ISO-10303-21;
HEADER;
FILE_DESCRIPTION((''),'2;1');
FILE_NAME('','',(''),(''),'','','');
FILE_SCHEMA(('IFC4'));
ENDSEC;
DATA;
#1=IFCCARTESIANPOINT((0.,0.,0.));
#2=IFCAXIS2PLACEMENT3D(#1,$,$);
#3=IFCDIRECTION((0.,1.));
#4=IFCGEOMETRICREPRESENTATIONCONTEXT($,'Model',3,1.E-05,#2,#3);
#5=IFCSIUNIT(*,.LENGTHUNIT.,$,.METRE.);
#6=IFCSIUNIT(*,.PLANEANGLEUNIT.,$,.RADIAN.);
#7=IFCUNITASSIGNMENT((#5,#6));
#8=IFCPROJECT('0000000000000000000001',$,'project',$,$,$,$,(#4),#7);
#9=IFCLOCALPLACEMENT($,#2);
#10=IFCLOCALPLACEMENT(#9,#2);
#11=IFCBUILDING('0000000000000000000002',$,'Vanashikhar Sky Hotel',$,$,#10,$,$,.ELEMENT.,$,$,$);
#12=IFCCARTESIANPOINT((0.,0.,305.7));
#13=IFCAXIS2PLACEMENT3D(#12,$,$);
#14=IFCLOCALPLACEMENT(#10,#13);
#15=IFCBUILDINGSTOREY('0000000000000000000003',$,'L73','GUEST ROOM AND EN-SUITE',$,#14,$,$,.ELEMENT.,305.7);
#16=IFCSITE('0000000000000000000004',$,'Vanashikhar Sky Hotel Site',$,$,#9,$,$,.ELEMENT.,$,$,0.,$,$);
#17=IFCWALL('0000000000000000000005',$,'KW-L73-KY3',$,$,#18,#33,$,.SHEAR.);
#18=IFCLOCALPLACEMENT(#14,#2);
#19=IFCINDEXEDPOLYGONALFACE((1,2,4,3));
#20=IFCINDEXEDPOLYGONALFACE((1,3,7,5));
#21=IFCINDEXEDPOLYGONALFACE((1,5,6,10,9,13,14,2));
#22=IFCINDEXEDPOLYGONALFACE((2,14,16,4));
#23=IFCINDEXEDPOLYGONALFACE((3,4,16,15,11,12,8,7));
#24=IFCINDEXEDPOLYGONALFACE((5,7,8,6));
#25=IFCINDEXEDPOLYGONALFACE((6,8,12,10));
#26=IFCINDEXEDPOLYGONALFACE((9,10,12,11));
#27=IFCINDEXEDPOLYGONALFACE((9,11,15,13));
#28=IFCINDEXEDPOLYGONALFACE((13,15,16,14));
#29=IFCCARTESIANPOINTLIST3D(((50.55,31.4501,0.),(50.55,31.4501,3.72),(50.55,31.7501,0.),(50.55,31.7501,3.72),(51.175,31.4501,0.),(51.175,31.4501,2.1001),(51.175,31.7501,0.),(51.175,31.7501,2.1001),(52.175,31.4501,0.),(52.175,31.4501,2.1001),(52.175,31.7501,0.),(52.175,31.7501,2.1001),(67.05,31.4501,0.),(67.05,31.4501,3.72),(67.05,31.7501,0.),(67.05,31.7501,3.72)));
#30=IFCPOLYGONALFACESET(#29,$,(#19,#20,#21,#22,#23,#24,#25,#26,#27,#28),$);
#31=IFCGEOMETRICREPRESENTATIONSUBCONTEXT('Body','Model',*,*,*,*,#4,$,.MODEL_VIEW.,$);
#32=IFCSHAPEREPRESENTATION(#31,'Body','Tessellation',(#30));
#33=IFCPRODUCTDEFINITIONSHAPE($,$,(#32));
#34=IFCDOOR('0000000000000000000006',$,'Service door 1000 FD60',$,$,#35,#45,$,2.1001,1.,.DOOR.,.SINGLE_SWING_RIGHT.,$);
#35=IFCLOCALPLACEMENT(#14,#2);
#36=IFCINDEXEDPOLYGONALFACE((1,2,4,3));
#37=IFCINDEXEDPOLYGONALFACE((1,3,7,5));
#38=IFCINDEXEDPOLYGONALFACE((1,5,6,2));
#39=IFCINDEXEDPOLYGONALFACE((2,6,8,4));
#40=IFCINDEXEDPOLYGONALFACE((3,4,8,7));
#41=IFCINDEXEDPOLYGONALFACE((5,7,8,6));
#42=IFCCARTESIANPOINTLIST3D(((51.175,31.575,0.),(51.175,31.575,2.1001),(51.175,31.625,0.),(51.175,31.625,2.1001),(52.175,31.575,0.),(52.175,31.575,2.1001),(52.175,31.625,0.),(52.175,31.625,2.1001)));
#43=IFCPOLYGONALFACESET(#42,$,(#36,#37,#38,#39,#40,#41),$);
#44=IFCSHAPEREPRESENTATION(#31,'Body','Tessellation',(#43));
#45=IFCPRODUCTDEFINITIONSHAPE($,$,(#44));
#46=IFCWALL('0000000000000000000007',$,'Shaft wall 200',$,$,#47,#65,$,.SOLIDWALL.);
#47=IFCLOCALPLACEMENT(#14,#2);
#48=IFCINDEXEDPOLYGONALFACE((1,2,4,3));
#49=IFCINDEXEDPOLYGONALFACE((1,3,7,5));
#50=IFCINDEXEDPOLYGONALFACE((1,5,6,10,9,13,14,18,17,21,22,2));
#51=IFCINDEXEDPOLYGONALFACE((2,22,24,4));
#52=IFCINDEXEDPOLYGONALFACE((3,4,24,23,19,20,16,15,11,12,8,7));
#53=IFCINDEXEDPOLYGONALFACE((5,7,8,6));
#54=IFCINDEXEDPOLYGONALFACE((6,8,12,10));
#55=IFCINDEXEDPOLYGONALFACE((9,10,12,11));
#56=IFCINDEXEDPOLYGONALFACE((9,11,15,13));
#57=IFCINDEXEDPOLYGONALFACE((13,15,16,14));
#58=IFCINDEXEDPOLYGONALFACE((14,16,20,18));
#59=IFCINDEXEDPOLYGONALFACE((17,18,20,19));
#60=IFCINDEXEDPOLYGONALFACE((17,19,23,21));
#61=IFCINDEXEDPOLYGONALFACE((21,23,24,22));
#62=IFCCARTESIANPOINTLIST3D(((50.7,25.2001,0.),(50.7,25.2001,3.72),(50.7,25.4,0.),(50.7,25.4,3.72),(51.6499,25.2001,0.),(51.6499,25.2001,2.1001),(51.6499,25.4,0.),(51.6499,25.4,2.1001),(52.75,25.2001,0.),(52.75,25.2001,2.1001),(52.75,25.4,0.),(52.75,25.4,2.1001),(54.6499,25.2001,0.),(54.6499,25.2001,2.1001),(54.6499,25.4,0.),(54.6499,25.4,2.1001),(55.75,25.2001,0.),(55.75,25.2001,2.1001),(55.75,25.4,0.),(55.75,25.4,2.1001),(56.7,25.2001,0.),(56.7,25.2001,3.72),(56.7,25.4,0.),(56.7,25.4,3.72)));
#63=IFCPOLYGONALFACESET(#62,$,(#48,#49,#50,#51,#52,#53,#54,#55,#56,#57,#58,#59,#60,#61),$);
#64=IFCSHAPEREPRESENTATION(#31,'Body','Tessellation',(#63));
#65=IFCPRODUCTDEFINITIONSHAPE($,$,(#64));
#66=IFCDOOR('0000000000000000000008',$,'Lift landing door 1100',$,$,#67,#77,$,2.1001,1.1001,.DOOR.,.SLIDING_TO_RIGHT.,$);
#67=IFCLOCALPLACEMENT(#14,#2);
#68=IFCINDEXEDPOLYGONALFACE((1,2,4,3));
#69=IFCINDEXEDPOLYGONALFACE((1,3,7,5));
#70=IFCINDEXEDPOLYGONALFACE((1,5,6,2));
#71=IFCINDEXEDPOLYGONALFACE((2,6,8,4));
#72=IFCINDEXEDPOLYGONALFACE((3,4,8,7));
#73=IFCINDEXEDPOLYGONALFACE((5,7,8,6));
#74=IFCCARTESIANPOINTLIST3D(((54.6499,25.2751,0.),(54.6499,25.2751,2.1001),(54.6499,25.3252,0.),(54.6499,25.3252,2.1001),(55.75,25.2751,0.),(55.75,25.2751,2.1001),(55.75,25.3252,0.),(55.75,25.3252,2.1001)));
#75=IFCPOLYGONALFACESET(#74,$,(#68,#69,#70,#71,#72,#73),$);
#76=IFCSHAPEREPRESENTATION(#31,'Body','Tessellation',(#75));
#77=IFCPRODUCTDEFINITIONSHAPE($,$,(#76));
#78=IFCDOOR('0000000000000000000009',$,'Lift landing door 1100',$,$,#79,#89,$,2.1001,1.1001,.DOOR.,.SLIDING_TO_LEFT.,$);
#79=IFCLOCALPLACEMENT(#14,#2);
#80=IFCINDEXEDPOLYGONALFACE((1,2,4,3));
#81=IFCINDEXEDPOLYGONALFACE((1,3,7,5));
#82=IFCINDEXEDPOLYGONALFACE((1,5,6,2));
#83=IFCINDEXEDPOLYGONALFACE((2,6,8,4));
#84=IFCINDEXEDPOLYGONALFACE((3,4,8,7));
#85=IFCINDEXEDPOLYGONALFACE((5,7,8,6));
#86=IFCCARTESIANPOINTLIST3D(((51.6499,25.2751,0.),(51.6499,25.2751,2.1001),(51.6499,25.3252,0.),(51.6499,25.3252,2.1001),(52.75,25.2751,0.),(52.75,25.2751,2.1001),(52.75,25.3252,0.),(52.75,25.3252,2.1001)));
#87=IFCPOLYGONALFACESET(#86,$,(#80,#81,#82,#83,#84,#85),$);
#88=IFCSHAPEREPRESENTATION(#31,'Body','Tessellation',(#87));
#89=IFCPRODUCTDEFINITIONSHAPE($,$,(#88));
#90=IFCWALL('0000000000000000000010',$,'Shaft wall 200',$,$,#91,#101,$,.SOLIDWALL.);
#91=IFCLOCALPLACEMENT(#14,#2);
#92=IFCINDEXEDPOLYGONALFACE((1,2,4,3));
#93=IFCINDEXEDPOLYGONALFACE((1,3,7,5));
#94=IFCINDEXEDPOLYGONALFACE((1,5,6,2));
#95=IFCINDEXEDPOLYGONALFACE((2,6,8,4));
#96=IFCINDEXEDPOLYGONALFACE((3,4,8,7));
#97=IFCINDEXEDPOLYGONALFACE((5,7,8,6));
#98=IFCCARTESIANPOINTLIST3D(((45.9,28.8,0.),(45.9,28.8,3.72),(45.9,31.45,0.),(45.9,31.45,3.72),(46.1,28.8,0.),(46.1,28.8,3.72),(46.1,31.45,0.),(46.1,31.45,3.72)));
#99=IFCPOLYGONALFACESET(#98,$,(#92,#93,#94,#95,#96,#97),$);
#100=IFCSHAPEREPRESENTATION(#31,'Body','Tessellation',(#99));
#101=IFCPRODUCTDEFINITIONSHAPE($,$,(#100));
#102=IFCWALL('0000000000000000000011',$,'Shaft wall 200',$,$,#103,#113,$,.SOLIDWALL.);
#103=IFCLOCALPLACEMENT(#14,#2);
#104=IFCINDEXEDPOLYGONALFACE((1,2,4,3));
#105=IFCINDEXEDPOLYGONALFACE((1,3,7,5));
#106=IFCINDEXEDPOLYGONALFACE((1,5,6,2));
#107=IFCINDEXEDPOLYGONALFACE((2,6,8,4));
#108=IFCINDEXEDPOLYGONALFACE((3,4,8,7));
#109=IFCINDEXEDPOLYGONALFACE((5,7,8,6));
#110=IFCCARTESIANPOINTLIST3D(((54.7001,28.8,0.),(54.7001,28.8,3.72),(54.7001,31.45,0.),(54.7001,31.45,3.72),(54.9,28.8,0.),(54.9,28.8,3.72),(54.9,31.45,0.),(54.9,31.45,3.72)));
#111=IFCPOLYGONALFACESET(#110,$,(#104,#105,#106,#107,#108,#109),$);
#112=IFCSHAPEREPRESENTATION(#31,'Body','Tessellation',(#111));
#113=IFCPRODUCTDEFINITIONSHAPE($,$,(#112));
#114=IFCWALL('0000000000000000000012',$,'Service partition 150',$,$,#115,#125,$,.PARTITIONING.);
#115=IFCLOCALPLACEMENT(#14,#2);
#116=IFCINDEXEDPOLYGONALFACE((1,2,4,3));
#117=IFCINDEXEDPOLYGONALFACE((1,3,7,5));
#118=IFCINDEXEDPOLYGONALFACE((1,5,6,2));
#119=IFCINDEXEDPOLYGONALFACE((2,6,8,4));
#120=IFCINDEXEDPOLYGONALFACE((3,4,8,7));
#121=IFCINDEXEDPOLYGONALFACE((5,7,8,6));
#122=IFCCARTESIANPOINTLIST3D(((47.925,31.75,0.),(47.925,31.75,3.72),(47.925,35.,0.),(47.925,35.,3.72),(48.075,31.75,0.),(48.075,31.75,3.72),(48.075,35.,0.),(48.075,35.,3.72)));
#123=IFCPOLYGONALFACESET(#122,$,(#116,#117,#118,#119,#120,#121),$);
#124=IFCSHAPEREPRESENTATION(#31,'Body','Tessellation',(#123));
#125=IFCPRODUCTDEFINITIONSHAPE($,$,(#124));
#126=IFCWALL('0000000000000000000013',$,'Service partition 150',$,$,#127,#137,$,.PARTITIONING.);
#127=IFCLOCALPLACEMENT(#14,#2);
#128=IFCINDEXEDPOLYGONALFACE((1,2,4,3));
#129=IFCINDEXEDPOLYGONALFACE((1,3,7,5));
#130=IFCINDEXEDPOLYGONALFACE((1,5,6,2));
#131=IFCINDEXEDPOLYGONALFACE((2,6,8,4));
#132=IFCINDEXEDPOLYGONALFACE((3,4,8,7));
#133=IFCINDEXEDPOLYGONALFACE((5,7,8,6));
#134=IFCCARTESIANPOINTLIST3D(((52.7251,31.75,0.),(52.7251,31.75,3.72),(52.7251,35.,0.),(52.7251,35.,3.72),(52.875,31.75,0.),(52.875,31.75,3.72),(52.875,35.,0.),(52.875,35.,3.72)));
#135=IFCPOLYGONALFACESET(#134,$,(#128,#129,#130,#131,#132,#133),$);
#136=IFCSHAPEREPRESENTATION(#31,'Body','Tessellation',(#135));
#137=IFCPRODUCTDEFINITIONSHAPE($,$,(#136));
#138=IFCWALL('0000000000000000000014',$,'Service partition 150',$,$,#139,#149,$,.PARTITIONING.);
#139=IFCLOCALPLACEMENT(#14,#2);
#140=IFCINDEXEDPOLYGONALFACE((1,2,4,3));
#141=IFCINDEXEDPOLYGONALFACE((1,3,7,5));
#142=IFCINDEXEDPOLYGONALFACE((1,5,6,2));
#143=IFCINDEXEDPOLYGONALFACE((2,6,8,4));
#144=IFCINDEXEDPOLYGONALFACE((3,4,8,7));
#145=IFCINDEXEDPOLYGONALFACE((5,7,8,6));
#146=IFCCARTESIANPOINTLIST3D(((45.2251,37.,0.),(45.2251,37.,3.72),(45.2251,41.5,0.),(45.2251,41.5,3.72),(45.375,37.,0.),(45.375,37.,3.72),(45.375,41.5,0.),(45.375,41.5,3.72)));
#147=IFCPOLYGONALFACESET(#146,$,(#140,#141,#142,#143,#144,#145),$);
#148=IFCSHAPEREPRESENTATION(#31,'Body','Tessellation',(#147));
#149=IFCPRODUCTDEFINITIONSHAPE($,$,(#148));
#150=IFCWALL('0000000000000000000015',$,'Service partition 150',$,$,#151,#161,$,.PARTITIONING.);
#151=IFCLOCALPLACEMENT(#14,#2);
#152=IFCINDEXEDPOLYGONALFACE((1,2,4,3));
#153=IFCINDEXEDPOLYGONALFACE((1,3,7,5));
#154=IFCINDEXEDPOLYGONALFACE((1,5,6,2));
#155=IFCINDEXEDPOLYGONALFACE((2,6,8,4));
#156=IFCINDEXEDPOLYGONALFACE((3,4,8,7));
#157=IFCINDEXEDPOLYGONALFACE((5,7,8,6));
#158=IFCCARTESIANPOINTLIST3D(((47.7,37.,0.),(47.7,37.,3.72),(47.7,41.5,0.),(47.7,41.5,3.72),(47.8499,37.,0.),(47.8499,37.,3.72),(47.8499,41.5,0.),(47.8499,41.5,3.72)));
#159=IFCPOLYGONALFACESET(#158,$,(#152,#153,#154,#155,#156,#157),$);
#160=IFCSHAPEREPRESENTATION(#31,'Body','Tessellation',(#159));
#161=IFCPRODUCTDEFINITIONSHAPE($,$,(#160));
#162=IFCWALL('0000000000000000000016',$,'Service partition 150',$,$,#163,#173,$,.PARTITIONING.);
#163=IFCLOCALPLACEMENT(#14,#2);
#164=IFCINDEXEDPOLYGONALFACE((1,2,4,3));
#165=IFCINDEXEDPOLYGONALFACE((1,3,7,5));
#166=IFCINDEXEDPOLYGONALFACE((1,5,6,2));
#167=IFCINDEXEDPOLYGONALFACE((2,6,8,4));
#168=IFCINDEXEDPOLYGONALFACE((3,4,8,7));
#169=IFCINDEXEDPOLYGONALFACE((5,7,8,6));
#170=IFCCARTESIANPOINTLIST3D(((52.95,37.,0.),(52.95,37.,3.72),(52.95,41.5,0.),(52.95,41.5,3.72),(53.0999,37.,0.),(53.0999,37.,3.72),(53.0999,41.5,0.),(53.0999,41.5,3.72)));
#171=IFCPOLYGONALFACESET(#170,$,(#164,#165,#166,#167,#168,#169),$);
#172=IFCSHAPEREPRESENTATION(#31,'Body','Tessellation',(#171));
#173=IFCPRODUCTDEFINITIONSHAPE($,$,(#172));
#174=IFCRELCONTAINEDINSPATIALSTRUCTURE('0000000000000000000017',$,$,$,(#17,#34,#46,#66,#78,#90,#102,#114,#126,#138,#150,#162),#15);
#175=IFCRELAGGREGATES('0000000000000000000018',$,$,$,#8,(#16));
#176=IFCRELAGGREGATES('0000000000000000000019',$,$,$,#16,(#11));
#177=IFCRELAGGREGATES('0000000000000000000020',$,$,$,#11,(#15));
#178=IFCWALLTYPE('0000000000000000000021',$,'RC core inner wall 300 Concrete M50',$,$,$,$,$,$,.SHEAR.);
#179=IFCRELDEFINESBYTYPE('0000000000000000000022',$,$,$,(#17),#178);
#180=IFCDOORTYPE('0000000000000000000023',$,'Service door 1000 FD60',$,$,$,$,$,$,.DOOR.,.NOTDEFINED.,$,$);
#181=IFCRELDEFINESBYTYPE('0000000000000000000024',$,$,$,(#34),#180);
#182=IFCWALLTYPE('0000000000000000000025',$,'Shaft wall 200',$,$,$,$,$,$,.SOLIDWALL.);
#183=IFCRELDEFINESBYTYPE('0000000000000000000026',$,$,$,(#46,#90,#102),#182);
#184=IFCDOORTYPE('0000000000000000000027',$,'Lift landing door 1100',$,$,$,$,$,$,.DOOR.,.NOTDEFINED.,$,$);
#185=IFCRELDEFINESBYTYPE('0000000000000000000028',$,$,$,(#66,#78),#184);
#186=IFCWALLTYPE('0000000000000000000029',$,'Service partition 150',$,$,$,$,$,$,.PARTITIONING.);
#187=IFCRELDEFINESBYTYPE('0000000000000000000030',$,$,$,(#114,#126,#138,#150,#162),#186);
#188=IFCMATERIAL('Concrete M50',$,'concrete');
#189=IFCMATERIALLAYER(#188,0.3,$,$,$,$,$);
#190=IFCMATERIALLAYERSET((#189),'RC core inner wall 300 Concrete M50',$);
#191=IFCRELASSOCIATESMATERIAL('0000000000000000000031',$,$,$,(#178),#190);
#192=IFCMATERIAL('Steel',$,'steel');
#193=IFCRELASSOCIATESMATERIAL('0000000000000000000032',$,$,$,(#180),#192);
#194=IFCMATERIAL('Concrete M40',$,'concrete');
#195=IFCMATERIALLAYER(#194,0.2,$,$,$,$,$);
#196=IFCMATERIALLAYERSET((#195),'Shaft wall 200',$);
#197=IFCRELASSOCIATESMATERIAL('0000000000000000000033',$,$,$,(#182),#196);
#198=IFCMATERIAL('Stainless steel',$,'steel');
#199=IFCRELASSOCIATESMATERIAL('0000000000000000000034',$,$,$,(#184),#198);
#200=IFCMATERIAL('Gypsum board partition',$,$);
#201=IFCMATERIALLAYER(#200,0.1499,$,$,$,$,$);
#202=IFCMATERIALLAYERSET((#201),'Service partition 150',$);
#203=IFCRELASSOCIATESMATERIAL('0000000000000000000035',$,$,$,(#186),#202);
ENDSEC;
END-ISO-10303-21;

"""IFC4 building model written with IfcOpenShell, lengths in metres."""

from ifc_helpers import new_model, si_unit, direction, frame, frame_2d, origin, place, context, subcontext, project, spatial, rectangle, extrude, source, transform, mapped, material, layer, layer_set, type_object, element, fill, save


model = new_model("IFC4")

# Units and contexts
model_context = context("Model", 3, precision=1e-05, world=origin(), true_north=direction((0.0, 1.0)))
body_context = subcontext(model_context, "Body", "Model", "MODEL_VIEW")
ifc_project = project(units=[si_unit("LENGTHUNIT", "METRE"), si_unit("PLANEANGLEUNIT", "RADIAN")], contexts=[model_context])

# Site, building, storey
site_placement = place(None, origin())
site = spatial("IfcSite", under=ifc_project, at=site_placement, Name="Vanashikhar Sky Hotel Site", CompositionType="ELEMENT", RefElevation=0.0)
building_placement = place(site_placement, origin())
building = spatial("IfcBuilding", under=site, at=building_placement, Name="Vanashikhar Sky Hotel", CompositionType="ELEMENT")
storey_placement = place(building_placement, frame((0.0, 0.0, 305.7)))
storey = spatial("IfcBuildingStorey", under=building, at=storey_placement, Name="L73", Description="GUEST ROOM AND EN-SUITE", CompositionType="ELEMENT", Elevation=305.7)

# Wall, opening, door
ifc_material_1 = material(Name="Concrete M50", Category="concrete")
ifc_layer_1 = layer(ifc_material_1, 0.3)
ifc_layer_set_1 = layer_set([ifc_layer_1], Name="RC core inner wall 300 Concrete M50")
wall_type_1 = type_object("IfcWallType", Name="RC core inner wall 300 Concrete M50", PredefinedType="SHEAR", material=ifc_layer_set_1)
shared_shape_1 = source(origin(), body_context, "Body", "SweptSolid", [
    extrude(rectangle(XDim=16.5, YDim=0.3, at=frame_2d((8.25, 0.0))), origin(), (0.0, 0.0, 1.0), 3.72),
])
wall_1_placement = place(storey_placement, frame((50.55, 31.6001, 0.0), z_axis=(0.0, 0.0, 1.0), x_axis=(1.0, 0.0, 0.0)))
wall_1 = element("IfcWall", 1, at=wall_1_placement, inside=storey, type_object=wall_type_1, Name="KW-L73-KY3", PredefinedType="SHEAR", context=body_context, shape_type="MappedRepresentation", body=[
    mapped(shared_shape_1, transform((0.0, 0.0, 0.0), scale=1.0)),
])
shared_shape_2 = source(origin(), body_context, "Body", "SweptSolid", [
    extrude(rectangle(XDim=1.0, YDim=2.1001, at=frame_2d((0.5, 1.05))), frame((0.0, 0.1602, 0.0), z_axis=(0.0, -1.0, 0.0), x_axis=(1.0, 0.0, 0.0)), (0.0, 0.0, 1.0), 0.3201),
])
opening_1_placement = place(wall_1_placement, frame((0.625, 0.0, 0.0)))
opening_1 = element("IfcOpeningElement", 2, at=opening_1_placement, cuts=wall_1, PredefinedType="OPENING", context=body_context, shape_type="MappedRepresentation", body=[
    mapped(shared_shape_2, transform((0.0, 0.0, 0.0), scale=1.0)),
])
ifc_material_2 = material(Name="Steel", Category="steel")
door_type_1 = type_object("IfcDoorType", Name="Service door 1000 FD60", OperationType="NOTDEFINED", PredefinedType="DOOR", material=ifc_material_2)
shared_shape_3 = source(origin(), body_context, "Body", "SweptSolid", [
    extrude(rectangle(XDim=1.0, YDim=2.1001, at=frame_2d((0.5, 1.05))), frame((0.0, 0.0249, 0.0), z_axis=(0.0, -1.0, 0.0), x_axis=(1.0, 0.0, 0.0)), (0.0, 0.0, 1.0), 0.05),
])
door_1_placement = place(opening_1_placement, origin())
door_1 = element("IfcDoor", 3, at=door_1_placement, inside=storey, type_object=door_type_1, Name="Service door 1000 FD60", OperationType="SINGLE_SWING_RIGHT", OverallHeight=2.1001, OverallWidth=1.0, PredefinedType="DOOR", context=body_context, shape_type="MappedRepresentation", body=[
    mapped(shared_shape_3, transform((0.0, 0.0, 0.0), scale=1.0)),
])
fill(opening_1, door_1)

# Wall, openings, doors
ifc_material_3 = material(Name="Concrete M40", Category="concrete")
ifc_layer_2 = layer(ifc_material_3, 0.2)
ifc_layer_set_2 = layer_set([ifc_layer_2], Name="Shaft wall 200")
wall_type_2 = type_object("IfcWallType", Name="Shaft wall 200", PredefinedType="SOLIDWALL", material=ifc_layer_set_2)
shared_shape_4 = source(origin(), body_context, "Body", "SweptSolid", [
    extrude(rectangle(XDim=6.0, YDim=0.2, at=frame_2d((3.0, 0.0))), origin(), (0.0, 0.0, 1.0), 3.72),
])
wall_2_placement = place(storey_placement, frame((56.7, 25.3, 0.0), z_axis=(0.0, 0.0, 1.0), x_axis=(-1.0, 0.0, 0.0)))
wall_2 = element("IfcWall", 4, at=wall_2_placement, inside=storey, type_object=wall_type_2, Name="Shaft wall 200", PredefinedType="SOLIDWALL", context=body_context, shape_type="MappedRepresentation", body=[
    mapped(shared_shape_4, transform((0.0, 0.0, 0.0), scale=1.0)),
])
shared_shape_5 = source(origin(), body_context, "Body", "SweptSolid", [
    extrude(rectangle(XDim=1.1001, YDim=2.1001, at=frame_2d((0.55, 1.05))), frame((0.0, 0.1099, 0.0), z_axis=(0.0, -1.0, 0.0), x_axis=(1.0, 0.0, 0.0)), (0.0, 0.0, 1.0), 0.22),
])
opening_2_placement = place(wall_2_placement, frame((0.95, 0.0, 0.0)))
opening_2 = element("IfcOpeningElement", 5, at=opening_2_placement, cuts=wall_2, PredefinedType="OPENING", context=body_context, shape_type="MappedRepresentation", body=[
    mapped(shared_shape_5, transform((0.0, 0.0, 0.0), scale=1.0)),
])
opening_3_placement = place(wall_2_placement, frame((3.95, 0.0, 0.0)))
opening_3 = element("IfcOpeningElement", 6, at=opening_3_placement, cuts=wall_2, PredefinedType="OPENING", context=body_context, shape_type="MappedRepresentation", body=[
    mapped(shared_shape_5, transform((0.0, 0.0, 0.0), scale=1.0)),
])
ifc_material_4 = material(Name="Stainless steel", Category="steel")
door_type_2 = type_object("IfcDoorType", Name="Lift landing door 1100", OperationType="NOTDEFINED", PredefinedType="DOOR", material=ifc_material_4)
shared_shape_6 = source(origin(), body_context, "Body", "SweptSolid", [
    extrude(rectangle(XDim=1.1001, YDim=2.1001, at=frame_2d((0.55, 1.05))), frame((0.0, 0.0249, 0.0), z_axis=(0.0, -1.0, 0.0), x_axis=(1.0, 0.0, 0.0)), (0.0, 0.0, 1.0), 0.05),
])
door_2_placement = place(opening_2_placement, origin())
door_2 = element("IfcDoor", 7, at=door_2_placement, inside=storey, type_object=door_type_2, Name="Lift landing door 1100", OperationType="SLIDING_TO_RIGHT", OverallHeight=2.1001, OverallWidth=1.1001, PredefinedType="DOOR", context=body_context, shape_type="MappedRepresentation", body=[
    mapped(shared_shape_6, transform((0.0, 0.0, 0.0), scale=1.0)),
])
fill(opening_2, door_2)
door_3_placement = place(opening_3_placement, origin())
door_3 = element("IfcDoor", 8, at=door_3_placement, inside=storey, type_object=door_type_2, Name="Lift landing door 1100", OperationType="SLIDING_TO_LEFT", OverallHeight=2.1001, OverallWidth=1.1001, PredefinedType="DOOR", context=body_context, shape_type="MappedRepresentation", body=[
    mapped(shared_shape_6, transform((0.0, 0.0, 0.0), scale=1.0)),
])
fill(opening_3, door_3)

# Walls
shared_shape_7 = source(origin(), body_context, "Body", "SweptSolid", [
    extrude(rectangle(XDim=2.6499, YDim=0.2, at=frame_2d((1.325, 0.0))), origin(), (0.0, 0.0, 1.0), 3.72),
])
for number, where, z_axis, x_axis, name in (
    (9, (46.0, 28.8, 0.0), (0.0, 0.0, 1.0), (0.0, 1.0, 0.0), "Shaft wall 200"),
    (10, (54.8, 28.8, 0.0), (0.0, 0.0, 1.0), (0.0, 1.0, 0.0), "Shaft wall 200"),
):
    element("IfcWall", number, at=place(storey_placement, frame(where, z_axis=z_axis, x_axis=x_axis)), inside=storey, type_object=wall_type_2, Name=name, PredefinedType="SOLIDWALL", context=body_context, shape_type="MappedRepresentation", body=[
        mapped(shared_shape_7, transform((0.0, 0.0, 0.0), scale=1.0)),
    ])
ifc_material_5 = material(Name="Gypsum board partition")
ifc_layer_3 = layer(ifc_material_5, 0.1499)
ifc_layer_set_3 = layer_set([ifc_layer_3], Name="Service partition 150")
wall_type_3 = type_object("IfcWallType", Name="Service partition 150", PredefinedType="PARTITIONING", material=ifc_layer_set_3)
shared_shape_8 = source(origin(), body_context, "Body", "SweptSolid", [
    extrude(rectangle(XDim=3.25, YDim=0.1499, at=frame_2d((1.625, 0.0))), origin(), (0.0, 0.0, 1.0), 3.72),
])
for number, where, z_axis, x_axis, name in (
    (11, (48.0, 31.75, 0.0), (0.0, 0.0, 1.0), (0.0, 1.0, 0.0), "Service partition 150"),
    (12, (52.8, 31.75, 0.0), (0.0, 0.0, 1.0), (0.0, 1.0, 0.0), "Service partition 150"),
):
    element("IfcWall", number, at=place(storey_placement, frame(where, z_axis=z_axis, x_axis=x_axis)), inside=storey, type_object=wall_type_3, Name=name, PredefinedType="PARTITIONING", context=body_context, shape_type="MappedRepresentation", body=[
        mapped(shared_shape_8, transform((0.0, 0.0, 0.0), scale=1.0)),
    ])
shared_shape_9 = source(origin(), body_context, "Body", "SweptSolid", [
    extrude(rectangle(XDim=4.5, YDim=0.1499, at=frame_2d((2.25, 0.0))), origin(), (0.0, 0.0, 1.0), 3.72),
])
for number, where, z_axis, x_axis, name in (
    (13, (45.3, 37.0, 0.0), (0.0, 0.0, 1.0), (0.0, 1.0, 0.0), "Service partition 150"),
    (14, (47.7749, 37.0, 0.0), (0.0, 0.0, 1.0), (0.0, 1.0, 0.0), "Service partition 150"),
    (15, (53.0249, 37.0, 0.0), (0.0, 0.0, 1.0), (0.0, 1.0, 0.0), "Service partition 150"),
):
    element("IfcWall", number, at=place(storey_placement, frame(where, z_axis=z_axis, x_axis=x_axis)), inside=storey, type_object=wall_type_3, Name=name, PredefinedType="PARTITIONING", context=body_context, shape_type="MappedRepresentation", body=[
        mapped(shared_shape_9, transform((0.0, 0.0, 0.0), scale=1.0)),
    ])

save(model, "model.ifc")
